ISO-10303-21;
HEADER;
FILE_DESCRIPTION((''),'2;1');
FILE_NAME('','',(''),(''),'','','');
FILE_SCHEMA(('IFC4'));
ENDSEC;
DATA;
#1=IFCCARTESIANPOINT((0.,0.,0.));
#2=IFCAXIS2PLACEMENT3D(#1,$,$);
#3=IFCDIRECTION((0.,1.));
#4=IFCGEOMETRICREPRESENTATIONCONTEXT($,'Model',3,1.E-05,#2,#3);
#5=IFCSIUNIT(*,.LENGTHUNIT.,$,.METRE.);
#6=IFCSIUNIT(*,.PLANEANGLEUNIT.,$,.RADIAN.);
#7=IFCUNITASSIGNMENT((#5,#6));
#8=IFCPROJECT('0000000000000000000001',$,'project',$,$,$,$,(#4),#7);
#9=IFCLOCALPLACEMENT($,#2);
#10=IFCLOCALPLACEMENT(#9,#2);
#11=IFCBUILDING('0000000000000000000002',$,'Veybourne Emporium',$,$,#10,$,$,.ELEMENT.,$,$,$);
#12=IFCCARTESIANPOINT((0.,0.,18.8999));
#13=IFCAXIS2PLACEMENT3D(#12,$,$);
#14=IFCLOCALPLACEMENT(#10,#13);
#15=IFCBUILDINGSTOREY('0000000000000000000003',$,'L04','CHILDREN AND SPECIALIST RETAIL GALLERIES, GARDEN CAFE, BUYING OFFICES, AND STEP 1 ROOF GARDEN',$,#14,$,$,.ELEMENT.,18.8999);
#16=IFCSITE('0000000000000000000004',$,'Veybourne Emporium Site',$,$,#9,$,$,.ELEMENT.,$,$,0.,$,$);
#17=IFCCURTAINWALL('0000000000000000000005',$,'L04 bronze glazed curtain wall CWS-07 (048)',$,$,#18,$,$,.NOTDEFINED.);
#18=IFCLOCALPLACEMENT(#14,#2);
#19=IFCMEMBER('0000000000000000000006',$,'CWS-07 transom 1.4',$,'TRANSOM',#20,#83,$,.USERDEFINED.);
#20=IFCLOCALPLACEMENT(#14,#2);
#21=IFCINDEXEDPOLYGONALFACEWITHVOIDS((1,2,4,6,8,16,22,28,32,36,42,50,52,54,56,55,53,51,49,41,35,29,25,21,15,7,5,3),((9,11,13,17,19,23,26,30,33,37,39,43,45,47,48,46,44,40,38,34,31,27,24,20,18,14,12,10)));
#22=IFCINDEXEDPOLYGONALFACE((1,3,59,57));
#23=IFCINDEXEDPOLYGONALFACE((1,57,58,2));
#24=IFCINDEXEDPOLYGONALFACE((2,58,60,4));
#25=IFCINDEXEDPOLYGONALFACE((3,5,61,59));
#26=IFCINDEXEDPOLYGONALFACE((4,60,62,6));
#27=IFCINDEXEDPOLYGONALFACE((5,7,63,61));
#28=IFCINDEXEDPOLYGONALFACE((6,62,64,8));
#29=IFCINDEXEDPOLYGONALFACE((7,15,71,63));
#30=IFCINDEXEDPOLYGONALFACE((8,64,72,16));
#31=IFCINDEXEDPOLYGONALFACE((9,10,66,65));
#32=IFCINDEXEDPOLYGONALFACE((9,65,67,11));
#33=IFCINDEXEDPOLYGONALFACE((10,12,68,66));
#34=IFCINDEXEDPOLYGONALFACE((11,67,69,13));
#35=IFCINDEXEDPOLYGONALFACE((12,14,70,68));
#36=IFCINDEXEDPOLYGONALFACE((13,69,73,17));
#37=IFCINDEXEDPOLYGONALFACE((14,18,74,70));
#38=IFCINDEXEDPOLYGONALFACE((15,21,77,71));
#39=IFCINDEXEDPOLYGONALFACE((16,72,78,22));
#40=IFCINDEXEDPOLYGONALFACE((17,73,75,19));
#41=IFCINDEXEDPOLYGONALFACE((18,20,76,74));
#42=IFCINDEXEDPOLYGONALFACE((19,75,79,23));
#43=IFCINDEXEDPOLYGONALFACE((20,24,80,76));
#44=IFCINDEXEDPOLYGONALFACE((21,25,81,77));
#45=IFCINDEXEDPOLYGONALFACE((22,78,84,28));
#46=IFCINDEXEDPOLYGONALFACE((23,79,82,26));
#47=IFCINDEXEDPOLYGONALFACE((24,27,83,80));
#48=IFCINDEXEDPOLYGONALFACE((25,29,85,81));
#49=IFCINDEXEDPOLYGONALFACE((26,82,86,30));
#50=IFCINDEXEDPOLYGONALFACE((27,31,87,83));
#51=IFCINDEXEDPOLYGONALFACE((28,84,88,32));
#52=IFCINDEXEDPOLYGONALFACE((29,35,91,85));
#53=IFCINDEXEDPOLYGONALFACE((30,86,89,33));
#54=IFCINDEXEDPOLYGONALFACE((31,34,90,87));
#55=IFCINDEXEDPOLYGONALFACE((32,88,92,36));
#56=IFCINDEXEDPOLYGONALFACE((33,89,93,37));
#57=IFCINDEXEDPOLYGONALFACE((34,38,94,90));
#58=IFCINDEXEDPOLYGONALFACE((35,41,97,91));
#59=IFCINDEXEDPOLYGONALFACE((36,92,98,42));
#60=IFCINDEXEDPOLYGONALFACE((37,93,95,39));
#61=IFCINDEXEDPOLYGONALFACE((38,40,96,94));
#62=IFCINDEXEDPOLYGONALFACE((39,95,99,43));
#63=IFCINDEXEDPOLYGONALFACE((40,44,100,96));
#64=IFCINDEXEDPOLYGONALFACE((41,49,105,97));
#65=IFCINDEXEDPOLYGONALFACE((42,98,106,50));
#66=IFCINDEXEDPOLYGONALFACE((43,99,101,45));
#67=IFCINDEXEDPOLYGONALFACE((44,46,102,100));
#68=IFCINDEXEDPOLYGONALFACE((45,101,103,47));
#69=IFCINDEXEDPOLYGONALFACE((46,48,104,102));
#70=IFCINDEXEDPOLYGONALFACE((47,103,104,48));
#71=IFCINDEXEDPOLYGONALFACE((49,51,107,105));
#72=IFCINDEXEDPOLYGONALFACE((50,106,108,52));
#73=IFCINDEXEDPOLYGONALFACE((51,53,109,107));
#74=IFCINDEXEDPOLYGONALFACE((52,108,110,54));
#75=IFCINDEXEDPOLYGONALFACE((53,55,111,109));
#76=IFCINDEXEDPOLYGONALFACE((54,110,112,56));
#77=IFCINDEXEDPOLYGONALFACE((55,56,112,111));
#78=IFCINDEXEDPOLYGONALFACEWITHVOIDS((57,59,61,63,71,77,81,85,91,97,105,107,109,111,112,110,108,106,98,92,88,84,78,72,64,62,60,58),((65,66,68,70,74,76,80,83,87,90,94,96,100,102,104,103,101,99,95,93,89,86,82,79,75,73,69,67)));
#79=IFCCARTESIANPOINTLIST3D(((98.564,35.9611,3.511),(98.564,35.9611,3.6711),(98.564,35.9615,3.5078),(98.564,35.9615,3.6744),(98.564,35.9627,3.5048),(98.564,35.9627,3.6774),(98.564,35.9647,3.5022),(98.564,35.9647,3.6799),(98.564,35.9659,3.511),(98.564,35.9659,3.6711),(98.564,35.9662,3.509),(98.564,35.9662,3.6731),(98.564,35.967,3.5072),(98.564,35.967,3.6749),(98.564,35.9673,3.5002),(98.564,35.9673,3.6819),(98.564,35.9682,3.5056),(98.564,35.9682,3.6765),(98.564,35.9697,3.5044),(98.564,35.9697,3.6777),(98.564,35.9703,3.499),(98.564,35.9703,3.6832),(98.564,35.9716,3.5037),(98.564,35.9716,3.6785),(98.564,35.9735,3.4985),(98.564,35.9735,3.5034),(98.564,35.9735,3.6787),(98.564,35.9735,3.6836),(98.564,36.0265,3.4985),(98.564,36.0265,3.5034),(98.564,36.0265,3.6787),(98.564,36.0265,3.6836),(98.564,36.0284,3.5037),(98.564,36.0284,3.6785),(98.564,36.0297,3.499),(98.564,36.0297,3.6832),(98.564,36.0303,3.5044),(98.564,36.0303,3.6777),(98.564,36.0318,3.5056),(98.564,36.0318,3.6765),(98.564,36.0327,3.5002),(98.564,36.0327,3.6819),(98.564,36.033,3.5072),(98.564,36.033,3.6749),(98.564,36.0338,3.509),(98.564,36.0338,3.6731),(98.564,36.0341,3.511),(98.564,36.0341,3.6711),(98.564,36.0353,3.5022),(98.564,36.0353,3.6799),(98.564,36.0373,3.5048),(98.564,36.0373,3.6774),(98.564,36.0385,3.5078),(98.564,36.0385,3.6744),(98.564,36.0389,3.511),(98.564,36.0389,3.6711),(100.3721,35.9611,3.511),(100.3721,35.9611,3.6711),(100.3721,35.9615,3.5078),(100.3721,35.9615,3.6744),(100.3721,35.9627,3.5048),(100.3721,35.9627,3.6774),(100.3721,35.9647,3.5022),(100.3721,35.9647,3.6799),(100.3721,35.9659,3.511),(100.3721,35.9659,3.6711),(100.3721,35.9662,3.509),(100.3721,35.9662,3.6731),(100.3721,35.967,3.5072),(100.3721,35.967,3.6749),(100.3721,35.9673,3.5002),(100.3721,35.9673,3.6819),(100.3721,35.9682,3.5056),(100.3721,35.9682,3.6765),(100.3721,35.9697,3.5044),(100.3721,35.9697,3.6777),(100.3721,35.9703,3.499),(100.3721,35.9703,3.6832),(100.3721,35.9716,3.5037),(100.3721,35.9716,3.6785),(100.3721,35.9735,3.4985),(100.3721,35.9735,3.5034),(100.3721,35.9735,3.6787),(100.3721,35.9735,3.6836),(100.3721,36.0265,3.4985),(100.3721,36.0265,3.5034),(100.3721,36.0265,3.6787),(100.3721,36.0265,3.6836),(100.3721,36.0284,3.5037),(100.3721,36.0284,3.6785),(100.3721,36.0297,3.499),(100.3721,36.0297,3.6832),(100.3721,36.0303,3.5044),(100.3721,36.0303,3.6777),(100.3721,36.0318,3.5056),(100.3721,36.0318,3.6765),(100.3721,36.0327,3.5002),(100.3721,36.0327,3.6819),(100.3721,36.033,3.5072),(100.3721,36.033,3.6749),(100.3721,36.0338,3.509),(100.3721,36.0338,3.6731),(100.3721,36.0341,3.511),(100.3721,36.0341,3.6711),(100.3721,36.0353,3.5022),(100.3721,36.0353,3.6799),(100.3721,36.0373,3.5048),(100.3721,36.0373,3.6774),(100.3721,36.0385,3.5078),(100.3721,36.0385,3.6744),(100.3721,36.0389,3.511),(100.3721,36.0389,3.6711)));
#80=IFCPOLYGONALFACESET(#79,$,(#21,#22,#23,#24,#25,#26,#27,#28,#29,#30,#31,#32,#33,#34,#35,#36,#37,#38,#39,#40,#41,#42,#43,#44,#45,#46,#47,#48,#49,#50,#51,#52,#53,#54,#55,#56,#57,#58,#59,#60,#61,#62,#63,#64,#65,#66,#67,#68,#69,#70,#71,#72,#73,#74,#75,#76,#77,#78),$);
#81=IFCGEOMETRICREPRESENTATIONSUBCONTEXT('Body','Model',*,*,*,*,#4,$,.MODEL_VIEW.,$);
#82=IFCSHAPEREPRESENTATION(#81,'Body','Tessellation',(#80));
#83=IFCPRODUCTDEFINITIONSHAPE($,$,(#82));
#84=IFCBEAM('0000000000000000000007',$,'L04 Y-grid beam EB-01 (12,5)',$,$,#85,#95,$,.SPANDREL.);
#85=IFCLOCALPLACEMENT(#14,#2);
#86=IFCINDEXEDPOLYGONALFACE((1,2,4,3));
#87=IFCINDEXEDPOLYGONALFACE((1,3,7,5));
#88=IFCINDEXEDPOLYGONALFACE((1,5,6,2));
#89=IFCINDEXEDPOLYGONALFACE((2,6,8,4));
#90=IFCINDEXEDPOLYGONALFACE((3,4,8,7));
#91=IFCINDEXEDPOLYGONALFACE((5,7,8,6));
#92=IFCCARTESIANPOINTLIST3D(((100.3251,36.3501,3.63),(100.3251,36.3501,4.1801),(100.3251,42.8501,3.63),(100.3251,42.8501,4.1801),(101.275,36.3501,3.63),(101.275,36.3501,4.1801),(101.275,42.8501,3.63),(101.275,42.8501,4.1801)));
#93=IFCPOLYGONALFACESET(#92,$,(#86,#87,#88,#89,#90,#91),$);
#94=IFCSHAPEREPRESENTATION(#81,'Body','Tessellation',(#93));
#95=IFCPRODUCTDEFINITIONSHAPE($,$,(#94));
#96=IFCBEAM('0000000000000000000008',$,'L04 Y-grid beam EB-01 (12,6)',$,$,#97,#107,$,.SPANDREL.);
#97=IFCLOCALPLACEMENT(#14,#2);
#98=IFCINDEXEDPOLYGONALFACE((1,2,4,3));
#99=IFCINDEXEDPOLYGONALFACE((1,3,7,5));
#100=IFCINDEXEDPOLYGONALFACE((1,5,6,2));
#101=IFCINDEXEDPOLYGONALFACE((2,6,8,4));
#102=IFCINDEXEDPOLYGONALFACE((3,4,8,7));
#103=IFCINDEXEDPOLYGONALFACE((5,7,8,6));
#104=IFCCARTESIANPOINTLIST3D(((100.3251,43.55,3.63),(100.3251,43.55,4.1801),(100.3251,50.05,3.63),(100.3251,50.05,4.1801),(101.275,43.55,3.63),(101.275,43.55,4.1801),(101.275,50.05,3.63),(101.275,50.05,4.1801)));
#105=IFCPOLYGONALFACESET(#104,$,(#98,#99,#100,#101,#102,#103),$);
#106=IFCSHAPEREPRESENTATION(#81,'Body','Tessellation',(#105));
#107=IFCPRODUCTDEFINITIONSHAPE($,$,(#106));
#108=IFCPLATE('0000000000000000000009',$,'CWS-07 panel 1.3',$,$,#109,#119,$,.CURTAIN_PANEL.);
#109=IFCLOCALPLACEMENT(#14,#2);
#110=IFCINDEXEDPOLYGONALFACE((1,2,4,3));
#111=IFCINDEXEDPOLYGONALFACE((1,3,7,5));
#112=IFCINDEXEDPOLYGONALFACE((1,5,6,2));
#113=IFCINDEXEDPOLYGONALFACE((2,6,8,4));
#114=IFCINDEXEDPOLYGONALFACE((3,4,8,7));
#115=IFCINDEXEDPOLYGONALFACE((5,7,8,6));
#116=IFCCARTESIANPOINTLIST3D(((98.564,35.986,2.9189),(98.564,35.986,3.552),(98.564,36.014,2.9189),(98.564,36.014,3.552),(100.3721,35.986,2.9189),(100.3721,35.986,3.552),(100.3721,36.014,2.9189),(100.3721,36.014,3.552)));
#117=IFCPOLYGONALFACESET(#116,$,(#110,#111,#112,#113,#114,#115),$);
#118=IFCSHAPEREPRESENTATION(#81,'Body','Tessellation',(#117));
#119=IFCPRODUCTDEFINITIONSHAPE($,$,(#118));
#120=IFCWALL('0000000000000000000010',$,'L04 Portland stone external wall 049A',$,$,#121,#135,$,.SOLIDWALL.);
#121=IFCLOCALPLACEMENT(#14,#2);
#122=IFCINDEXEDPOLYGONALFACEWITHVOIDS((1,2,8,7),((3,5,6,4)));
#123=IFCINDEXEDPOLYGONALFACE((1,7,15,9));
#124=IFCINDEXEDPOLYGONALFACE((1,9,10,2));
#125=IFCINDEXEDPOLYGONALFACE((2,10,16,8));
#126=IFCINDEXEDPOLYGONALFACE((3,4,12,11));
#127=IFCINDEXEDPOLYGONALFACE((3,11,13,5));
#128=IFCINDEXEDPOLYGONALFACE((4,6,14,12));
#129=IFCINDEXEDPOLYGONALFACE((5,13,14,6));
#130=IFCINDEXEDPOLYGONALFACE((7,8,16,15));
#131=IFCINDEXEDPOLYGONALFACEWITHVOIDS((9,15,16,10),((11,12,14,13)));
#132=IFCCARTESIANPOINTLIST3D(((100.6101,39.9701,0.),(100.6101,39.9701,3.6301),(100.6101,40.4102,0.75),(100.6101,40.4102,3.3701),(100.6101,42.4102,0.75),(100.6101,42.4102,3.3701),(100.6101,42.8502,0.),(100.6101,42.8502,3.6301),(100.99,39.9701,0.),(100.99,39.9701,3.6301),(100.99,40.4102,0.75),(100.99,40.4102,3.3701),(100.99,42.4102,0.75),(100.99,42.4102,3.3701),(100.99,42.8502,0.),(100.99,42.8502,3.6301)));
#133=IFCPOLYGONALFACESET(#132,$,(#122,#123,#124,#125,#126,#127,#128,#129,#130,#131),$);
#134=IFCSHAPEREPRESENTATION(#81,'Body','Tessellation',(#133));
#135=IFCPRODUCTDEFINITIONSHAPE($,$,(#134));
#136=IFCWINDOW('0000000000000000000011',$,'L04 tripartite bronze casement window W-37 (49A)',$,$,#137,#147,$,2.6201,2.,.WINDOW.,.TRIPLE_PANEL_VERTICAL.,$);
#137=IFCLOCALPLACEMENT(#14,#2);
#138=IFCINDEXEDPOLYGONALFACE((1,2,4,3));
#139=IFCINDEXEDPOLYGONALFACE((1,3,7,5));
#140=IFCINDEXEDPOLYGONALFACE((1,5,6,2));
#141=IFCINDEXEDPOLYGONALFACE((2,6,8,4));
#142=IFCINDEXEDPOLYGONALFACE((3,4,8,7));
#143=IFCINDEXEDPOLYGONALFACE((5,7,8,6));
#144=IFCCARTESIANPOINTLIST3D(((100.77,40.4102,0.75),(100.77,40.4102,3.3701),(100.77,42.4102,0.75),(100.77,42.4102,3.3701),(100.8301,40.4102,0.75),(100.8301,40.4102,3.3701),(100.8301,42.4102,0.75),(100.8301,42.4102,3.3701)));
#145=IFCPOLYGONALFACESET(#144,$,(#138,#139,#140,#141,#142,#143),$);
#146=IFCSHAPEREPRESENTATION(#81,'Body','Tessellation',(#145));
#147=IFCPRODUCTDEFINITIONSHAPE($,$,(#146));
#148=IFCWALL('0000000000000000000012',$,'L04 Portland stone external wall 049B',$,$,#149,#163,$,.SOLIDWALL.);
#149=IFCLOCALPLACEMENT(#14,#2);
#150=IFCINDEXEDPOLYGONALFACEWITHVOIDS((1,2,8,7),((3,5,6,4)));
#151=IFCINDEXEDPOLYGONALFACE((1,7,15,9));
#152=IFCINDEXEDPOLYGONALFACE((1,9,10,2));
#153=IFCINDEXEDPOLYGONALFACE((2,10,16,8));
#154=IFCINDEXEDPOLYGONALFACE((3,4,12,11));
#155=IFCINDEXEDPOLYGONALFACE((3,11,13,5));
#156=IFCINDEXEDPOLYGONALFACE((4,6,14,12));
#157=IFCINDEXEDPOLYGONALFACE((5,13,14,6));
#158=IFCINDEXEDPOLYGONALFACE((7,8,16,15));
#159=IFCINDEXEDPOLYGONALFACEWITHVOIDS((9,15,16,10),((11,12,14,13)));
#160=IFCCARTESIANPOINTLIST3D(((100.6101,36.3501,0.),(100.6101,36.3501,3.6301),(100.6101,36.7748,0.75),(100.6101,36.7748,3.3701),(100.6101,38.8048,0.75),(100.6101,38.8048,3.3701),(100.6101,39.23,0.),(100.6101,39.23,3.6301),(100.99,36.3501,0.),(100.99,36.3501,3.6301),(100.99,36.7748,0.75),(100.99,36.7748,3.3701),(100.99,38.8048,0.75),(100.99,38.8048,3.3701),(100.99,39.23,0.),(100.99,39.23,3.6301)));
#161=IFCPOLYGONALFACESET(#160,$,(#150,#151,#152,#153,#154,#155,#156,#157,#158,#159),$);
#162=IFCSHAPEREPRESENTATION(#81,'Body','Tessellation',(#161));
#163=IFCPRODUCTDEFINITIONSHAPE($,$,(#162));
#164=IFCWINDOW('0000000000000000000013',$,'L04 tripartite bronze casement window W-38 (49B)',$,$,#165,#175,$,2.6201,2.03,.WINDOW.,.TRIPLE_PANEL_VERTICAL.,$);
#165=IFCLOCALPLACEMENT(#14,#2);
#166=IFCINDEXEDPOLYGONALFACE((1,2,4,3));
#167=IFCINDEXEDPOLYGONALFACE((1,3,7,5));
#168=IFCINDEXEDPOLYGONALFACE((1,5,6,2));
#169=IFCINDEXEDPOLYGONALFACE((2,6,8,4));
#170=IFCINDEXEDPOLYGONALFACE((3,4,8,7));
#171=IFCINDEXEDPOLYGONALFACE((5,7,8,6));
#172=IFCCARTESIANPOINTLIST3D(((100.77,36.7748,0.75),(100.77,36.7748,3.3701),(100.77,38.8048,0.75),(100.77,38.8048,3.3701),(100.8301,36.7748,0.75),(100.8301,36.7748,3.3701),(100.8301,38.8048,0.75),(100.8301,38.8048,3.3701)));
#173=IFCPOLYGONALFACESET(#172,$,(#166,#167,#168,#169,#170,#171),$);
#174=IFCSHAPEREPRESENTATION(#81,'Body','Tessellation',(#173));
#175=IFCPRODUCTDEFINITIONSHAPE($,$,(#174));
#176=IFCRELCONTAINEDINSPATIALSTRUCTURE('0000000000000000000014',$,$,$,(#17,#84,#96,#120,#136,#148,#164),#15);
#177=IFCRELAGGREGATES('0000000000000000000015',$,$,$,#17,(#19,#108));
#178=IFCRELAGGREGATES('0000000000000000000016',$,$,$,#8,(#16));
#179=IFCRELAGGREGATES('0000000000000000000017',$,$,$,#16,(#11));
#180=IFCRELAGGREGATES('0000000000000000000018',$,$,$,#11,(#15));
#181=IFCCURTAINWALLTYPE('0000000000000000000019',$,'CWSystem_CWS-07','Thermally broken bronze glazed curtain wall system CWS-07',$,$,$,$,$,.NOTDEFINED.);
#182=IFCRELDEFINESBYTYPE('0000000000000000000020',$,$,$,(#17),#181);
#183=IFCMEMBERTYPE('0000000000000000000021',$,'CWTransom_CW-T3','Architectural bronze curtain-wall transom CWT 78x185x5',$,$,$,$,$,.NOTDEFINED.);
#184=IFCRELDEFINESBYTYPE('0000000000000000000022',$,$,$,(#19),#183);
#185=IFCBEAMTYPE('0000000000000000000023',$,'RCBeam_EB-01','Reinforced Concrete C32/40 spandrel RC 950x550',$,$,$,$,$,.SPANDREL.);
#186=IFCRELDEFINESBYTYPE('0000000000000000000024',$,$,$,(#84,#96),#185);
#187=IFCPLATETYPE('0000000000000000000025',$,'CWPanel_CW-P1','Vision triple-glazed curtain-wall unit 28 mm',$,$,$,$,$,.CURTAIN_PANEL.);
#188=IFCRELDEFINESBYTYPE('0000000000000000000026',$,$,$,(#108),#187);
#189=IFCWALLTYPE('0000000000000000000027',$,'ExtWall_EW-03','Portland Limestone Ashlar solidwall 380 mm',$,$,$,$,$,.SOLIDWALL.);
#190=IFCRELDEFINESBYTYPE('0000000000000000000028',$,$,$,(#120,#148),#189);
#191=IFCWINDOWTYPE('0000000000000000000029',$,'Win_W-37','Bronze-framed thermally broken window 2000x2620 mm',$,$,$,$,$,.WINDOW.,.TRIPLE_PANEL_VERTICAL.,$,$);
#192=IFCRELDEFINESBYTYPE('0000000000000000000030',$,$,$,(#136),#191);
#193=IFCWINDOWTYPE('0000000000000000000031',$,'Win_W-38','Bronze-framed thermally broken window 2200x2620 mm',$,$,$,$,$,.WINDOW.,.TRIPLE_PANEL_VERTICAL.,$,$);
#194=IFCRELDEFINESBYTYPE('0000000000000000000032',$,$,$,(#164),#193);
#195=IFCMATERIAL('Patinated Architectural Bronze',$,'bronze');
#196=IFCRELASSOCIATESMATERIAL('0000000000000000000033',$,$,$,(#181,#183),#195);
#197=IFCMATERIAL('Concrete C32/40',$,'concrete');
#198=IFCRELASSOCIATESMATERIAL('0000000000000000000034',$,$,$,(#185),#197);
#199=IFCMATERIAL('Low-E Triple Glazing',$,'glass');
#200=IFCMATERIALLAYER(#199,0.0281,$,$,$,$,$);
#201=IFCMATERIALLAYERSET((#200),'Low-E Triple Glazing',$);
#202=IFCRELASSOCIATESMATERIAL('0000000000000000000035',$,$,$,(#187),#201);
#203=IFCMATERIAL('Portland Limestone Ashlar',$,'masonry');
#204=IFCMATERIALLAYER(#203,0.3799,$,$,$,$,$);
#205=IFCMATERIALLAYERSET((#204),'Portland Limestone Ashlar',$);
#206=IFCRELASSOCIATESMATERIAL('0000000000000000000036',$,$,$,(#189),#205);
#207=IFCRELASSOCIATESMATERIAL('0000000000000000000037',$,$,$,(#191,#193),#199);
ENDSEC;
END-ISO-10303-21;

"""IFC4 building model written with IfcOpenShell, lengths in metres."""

from ifc_helpers import new_model, si_unit, direction, frame, frame_2d, origin, origin_2d, place, context, subcontext, project, spatial, rectangle, hollow_rectangle, extrude, material, layer, layer_set, material_profile, profile_set, type_object, element, fill, aggregate, save


model = new_model("IFC4")

# Units and contexts
model_context = context("Model", 3, precision=1e-05, world=origin(), true_north=direction((0.0, 1.0)))
body_context = subcontext(model_context, "Body", "Model", "MODEL_VIEW")
ifc_project = project(units=[si_unit("LENGTHUNIT", "METRE"), si_unit("PLANEANGLEUNIT", "RADIAN")], contexts=[model_context])

# Site, building, storey
site_placement = place(None, origin())
site = spatial("IfcSite", under=ifc_project, at=site_placement, Name="Veybourne Emporium Site", CompositionType="ELEMENT", RefElevation=0.0)
building_placement = place(site_placement, origin())
building = spatial("IfcBuilding", under=site, at=building_placement, Name="Veybourne Emporium", CompositionType="ELEMENT")
storey_placement = place(building_placement, frame((0.0, 0.0, 18.8999)))
storey = spatial("IfcBuildingStorey", under=building, at=storey_placement, Name="L04", Description="CHILDREN AND SPECIALIST RETAIL GALLERIES, GARDEN CAFE, BUYING OFFICES, AND STEP 1 ROOF GARDEN", CompositionType="ELEMENT", Elevation=18.8999)

# Curtain wall, member
ifc_material_1 = material(Name="Patinated Architectural Bronze", Category="bronze")
curtain_wall_type = type_object("IfcCurtainWallType", Name="CWSystem_CWS-07", Description="Thermally broken bronze glazed curtain wall system CWS-07", PredefinedType="NOTDEFINED", material=ifc_material_1)
curtain_wall_placement = place(storey_placement, origin())
curtain_wall = element("IfcCurtainWall", 1, at=curtain_wall_placement, inside=storey, type_object=curtain_wall_type, Name="L04 bronze glazed curtain wall CWS-07 (048)", PredefinedType="NOTDEFINED")
ifc_material_profile_1 = material_profile(ifc_material_1, hollow_rectangle(XDim=0.0779, YDim=0.1851, WallThickness=0.0049, InnerFilletRadius=0.0076, OuterFilletRadius=0.0125, at=origin_2d()), Name="CWT 78x185x5")
ifc_profile_set_1 = profile_set([ifc_material_profile_1], Name="Patinated Architectural Bronze")
member_type_1 = type_object("IfcMemberType", Name="CWTransom_CW-T3", Description="Architectural bronze curtain-wall transom CWT 78x185x5", PredefinedType="NOTDEFINED", material=ifc_profile_set_1)
member_1_placement = place(storey_placement, frame((100.3721, 36.0, 3.5911), z_axis=(-1.0, 0.0, 0.0), x_axis=(0.0, -1.0, 0.0)))
member_1 = element("IfcMember", 2, at=member_1_placement, type_object=member_type_1, Name="CWS-07 transom 1.4", ObjectType="TRANSOM", PredefinedType="USERDEFINED", context=body_context, shape_type="SweptSolid", body=[
    extrude(hollow_rectangle(XDim=0.0779, YDim=0.1851, WallThickness=0.0049, InnerFilletRadius=0.0076, OuterFilletRadius=0.0125, at=origin_2d()), origin(), (0.0, 0.0, 1.0), 1.8081),
])

# Beams
ifc_material_2 = material(Name="Concrete C32/40", Category="concrete")
ifc_material_profile_2 = material_profile(ifc_material_2, rectangle(XDim=0.95, YDim=0.55, at=origin_2d()), Name="RC 950x550")
ifc_profile_set_2 = profile_set([ifc_material_profile_2], Name="Concrete C32/40")
beam_type = type_object("IfcBeamType", Name="RCBeam_EB-01", Description="Reinforced Concrete C32/40 spandrel RC 950x550", PredefinedType="SPANDREL", material=ifc_profile_set_2)
for number, where, z_axis, x_axis, name in (
    (3, (100.8, 36.3501, 3.905), (0.0, 1.0, 0.0), (-1.0, 0.0, 0.0), "L04 Y-grid beam EB-01 (12,5)"),
    (4, (100.8, 43.55, 3.905), (0.0, 1.0, 0.0), (-1.0, 0.0, 0.0), "L04 Y-grid beam EB-01 (12,6)"),
):
    element("IfcBeam", number, at=place(storey_placement, frame(where, z_axis=z_axis, x_axis=x_axis)), inside=storey, type_object=beam_type, Name=name, PredefinedType="SPANDREL", context=body_context, shape_type="SweptSolid", body=[
        extrude(rectangle(XDim=0.95, YDim=0.55, at=origin_2d()), origin(), (0.0, 0.0, 1.0), 6.5),
    ])

# Plate
ifc_material_3 = material(Name="Low-E Triple Glazing", Category="glass")
ifc_layer_1 = layer(ifc_material_3, 0.0281)
ifc_layer_set_1 = layer_set([ifc_layer_1], Name="Low-E Triple Glazing")
plate_type = type_object("IfcPlateType", Name="CWPanel_CW-P1", Description="Vision triple-glazed curtain-wall unit 28 mm", PredefinedType="CURTAIN_PANEL", material=ifc_layer_set_1)
plate_placement = place(storey_placement, frame((99.468, 36.0, 2.9189), z_axis=(0.0, 0.0, 1.0), x_axis=(-1.0, 0.0, 0.0)))
plate = element("IfcPlate", 5, at=plate_placement, type_object=plate_type, Name="CWS-07 panel 1.3", PredefinedType="CURTAIN_PANEL", context=body_context, shape_type="SweptSolid", body=[
    extrude(rectangle(XDim=1.8081, YDim=0.0281, at=origin_2d()), origin(), (0.0, 0.0, 1.0), 0.6331),
])
aggregate(curtain_wall, [member_1, plate])

# Walls, openings, windows
ifc_material_4 = material(Name="Portland Limestone Ashlar", Category="masonry")
ifc_layer_2 = layer(ifc_material_4, 0.3799)
ifc_layer_set_2 = layer_set([ifc_layer_2], Name="Portland Limestone Ashlar")
wall_type_1 = type_object("IfcWallType", Name="ExtWall_EW-03", Description="Portland Limestone Ashlar solidwall 380 mm", PredefinedType="SOLIDWALL", material=ifc_layer_set_2)
wall_1_placement = place(storey_placement, frame((100.8, 42.8501, 0.0), z_axis=(0.0, 0.0, 1.0), x_axis=(0.0, -1.0, 0.0)))
wall_1 = element("IfcWall", 6, at=wall_1_placement, inside=storey, type_object=wall_type_1, Name="L04 Portland stone external wall 049A", PredefinedType="SOLIDWALL", context=body_context, shape_type="SweptSolid", body=[
    extrude(rectangle(XDim=2.8801, YDim=0.3799, at=frame_2d((1.4399, 0.0))), origin(), (0.0, 0.0, 1.0), 3.6301),
])
opening_1_placement = place(wall_1_placement, frame((0.4399, 0.0, 0.75)))
opening_1 = element("IfcOpeningElement", 7, at=opening_1_placement, cuts=wall_1, PredefinedType="OPENING", context=body_context, shape_type="SweptSolid", body=[
    extrude(rectangle(XDim=2.0, YDim=2.6201, at=frame_2d((1.0, 1.3101))), frame((0.0, 0.21, 0.0), z_axis=(0.0, -1.0, 0.0), x_axis=(1.0, 0.0, 0.0)), (0.0, 0.0, 1.0), 0.4199),
])
window_type_1 = type_object("IfcWindowType", Name="Win_W-37", Description="Bronze-framed thermally broken window 2000x2620 mm", PartitioningType="TRIPLE_PANEL_VERTICAL", PredefinedType="WINDOW", material=ifc_material_3)
window_1_placement = place(opening_1_placement, origin())
window_1 = element("IfcWindow", 8, at=window_1_placement, inside=storey, type_object=window_type_1, Name="L04 tripartite bronze casement window W-37 (49A)", OverallHeight=2.6201, OverallWidth=2.0, PartitioningType="TRIPLE_PANEL_VERTICAL", PredefinedType="WINDOW", context=body_context, shape_type="SweptSolid", body=[
    extrude(rectangle(XDim=2.0, YDim=2.6201, at=frame_2d((1.0, 1.3101))), frame((0.0, 0.03, 0.0), z_axis=(0.0, -1.0, 0.0), x_axis=(1.0, 0.0, 0.0)), (0.0, 0.0, 1.0), 0.0601),
])
fill(opening_1, window_1)
wall_2_placement = place(storey_placement, frame((100.8, 39.23, 0.0), z_axis=(0.0, 0.0, 1.0), x_axis=(0.0, -1.0, 0.0)))
wall_2 = element("IfcWall", 9, at=wall_2_placement, inside=storey, type_object=wall_type_1, Name="L04 Portland stone external wall 049B", PredefinedType="SOLIDWALL", context=body_context, shape_type="SweptSolid", body=[
    extrude(rectangle(XDim=2.8799, YDim=0.3799, at=frame_2d((1.4399, 0.0))), origin(), (0.0, 0.0, 1.0), 3.6301),
])
opening_2_placement = place(wall_2_placement, frame((0.425, 0.0, 0.75)))
opening_2 = element("IfcOpeningElement", 10, at=opening_2_placement, cuts=wall_2, PredefinedType="OPENING", context=body_context, shape_type="SweptSolid", body=[
    extrude(rectangle(XDim=2.03, YDim=2.6201, at=frame_2d((1.0151, 1.3101))), frame((0.0, 0.21, 0.0), z_axis=(0.0, -1.0, 0.0), x_axis=(1.0, 0.0, 0.0)), (0.0, 0.0, 1.0), 0.4199),
])
window_type_2 = type_object("IfcWindowType", Name="Win_W-38", Description="Bronze-framed thermally broken window 2200x2620 mm", PartitioningType="TRIPLE_PANEL_VERTICAL", PredefinedType="WINDOW", material=ifc_material_3)
window_2_placement = place(opening_2_placement, origin())
window_2 = element("IfcWindow", 11, at=window_2_placement, inside=storey, type_object=window_type_2, Name="L04 tripartite bronze casement window W-38 (49B)", OverallHeight=2.6201, OverallWidth=2.03, PartitioningType="TRIPLE_PANEL_VERTICAL", PredefinedType="WINDOW", context=body_context, shape_type="SweptSolid", body=[
    extrude(rectangle(XDim=2.03, YDim=2.6201, at=frame_2d((1.0151, 1.3101))), frame((0.0, 0.03, 0.0), z_axis=(0.0, -1.0, 0.0), x_axis=(1.0, 0.0, 0.0)), (0.0, 0.0, 1.0), 0.0601),
])
fill(opening_2, window_2)

save(model, "model.ifc")
